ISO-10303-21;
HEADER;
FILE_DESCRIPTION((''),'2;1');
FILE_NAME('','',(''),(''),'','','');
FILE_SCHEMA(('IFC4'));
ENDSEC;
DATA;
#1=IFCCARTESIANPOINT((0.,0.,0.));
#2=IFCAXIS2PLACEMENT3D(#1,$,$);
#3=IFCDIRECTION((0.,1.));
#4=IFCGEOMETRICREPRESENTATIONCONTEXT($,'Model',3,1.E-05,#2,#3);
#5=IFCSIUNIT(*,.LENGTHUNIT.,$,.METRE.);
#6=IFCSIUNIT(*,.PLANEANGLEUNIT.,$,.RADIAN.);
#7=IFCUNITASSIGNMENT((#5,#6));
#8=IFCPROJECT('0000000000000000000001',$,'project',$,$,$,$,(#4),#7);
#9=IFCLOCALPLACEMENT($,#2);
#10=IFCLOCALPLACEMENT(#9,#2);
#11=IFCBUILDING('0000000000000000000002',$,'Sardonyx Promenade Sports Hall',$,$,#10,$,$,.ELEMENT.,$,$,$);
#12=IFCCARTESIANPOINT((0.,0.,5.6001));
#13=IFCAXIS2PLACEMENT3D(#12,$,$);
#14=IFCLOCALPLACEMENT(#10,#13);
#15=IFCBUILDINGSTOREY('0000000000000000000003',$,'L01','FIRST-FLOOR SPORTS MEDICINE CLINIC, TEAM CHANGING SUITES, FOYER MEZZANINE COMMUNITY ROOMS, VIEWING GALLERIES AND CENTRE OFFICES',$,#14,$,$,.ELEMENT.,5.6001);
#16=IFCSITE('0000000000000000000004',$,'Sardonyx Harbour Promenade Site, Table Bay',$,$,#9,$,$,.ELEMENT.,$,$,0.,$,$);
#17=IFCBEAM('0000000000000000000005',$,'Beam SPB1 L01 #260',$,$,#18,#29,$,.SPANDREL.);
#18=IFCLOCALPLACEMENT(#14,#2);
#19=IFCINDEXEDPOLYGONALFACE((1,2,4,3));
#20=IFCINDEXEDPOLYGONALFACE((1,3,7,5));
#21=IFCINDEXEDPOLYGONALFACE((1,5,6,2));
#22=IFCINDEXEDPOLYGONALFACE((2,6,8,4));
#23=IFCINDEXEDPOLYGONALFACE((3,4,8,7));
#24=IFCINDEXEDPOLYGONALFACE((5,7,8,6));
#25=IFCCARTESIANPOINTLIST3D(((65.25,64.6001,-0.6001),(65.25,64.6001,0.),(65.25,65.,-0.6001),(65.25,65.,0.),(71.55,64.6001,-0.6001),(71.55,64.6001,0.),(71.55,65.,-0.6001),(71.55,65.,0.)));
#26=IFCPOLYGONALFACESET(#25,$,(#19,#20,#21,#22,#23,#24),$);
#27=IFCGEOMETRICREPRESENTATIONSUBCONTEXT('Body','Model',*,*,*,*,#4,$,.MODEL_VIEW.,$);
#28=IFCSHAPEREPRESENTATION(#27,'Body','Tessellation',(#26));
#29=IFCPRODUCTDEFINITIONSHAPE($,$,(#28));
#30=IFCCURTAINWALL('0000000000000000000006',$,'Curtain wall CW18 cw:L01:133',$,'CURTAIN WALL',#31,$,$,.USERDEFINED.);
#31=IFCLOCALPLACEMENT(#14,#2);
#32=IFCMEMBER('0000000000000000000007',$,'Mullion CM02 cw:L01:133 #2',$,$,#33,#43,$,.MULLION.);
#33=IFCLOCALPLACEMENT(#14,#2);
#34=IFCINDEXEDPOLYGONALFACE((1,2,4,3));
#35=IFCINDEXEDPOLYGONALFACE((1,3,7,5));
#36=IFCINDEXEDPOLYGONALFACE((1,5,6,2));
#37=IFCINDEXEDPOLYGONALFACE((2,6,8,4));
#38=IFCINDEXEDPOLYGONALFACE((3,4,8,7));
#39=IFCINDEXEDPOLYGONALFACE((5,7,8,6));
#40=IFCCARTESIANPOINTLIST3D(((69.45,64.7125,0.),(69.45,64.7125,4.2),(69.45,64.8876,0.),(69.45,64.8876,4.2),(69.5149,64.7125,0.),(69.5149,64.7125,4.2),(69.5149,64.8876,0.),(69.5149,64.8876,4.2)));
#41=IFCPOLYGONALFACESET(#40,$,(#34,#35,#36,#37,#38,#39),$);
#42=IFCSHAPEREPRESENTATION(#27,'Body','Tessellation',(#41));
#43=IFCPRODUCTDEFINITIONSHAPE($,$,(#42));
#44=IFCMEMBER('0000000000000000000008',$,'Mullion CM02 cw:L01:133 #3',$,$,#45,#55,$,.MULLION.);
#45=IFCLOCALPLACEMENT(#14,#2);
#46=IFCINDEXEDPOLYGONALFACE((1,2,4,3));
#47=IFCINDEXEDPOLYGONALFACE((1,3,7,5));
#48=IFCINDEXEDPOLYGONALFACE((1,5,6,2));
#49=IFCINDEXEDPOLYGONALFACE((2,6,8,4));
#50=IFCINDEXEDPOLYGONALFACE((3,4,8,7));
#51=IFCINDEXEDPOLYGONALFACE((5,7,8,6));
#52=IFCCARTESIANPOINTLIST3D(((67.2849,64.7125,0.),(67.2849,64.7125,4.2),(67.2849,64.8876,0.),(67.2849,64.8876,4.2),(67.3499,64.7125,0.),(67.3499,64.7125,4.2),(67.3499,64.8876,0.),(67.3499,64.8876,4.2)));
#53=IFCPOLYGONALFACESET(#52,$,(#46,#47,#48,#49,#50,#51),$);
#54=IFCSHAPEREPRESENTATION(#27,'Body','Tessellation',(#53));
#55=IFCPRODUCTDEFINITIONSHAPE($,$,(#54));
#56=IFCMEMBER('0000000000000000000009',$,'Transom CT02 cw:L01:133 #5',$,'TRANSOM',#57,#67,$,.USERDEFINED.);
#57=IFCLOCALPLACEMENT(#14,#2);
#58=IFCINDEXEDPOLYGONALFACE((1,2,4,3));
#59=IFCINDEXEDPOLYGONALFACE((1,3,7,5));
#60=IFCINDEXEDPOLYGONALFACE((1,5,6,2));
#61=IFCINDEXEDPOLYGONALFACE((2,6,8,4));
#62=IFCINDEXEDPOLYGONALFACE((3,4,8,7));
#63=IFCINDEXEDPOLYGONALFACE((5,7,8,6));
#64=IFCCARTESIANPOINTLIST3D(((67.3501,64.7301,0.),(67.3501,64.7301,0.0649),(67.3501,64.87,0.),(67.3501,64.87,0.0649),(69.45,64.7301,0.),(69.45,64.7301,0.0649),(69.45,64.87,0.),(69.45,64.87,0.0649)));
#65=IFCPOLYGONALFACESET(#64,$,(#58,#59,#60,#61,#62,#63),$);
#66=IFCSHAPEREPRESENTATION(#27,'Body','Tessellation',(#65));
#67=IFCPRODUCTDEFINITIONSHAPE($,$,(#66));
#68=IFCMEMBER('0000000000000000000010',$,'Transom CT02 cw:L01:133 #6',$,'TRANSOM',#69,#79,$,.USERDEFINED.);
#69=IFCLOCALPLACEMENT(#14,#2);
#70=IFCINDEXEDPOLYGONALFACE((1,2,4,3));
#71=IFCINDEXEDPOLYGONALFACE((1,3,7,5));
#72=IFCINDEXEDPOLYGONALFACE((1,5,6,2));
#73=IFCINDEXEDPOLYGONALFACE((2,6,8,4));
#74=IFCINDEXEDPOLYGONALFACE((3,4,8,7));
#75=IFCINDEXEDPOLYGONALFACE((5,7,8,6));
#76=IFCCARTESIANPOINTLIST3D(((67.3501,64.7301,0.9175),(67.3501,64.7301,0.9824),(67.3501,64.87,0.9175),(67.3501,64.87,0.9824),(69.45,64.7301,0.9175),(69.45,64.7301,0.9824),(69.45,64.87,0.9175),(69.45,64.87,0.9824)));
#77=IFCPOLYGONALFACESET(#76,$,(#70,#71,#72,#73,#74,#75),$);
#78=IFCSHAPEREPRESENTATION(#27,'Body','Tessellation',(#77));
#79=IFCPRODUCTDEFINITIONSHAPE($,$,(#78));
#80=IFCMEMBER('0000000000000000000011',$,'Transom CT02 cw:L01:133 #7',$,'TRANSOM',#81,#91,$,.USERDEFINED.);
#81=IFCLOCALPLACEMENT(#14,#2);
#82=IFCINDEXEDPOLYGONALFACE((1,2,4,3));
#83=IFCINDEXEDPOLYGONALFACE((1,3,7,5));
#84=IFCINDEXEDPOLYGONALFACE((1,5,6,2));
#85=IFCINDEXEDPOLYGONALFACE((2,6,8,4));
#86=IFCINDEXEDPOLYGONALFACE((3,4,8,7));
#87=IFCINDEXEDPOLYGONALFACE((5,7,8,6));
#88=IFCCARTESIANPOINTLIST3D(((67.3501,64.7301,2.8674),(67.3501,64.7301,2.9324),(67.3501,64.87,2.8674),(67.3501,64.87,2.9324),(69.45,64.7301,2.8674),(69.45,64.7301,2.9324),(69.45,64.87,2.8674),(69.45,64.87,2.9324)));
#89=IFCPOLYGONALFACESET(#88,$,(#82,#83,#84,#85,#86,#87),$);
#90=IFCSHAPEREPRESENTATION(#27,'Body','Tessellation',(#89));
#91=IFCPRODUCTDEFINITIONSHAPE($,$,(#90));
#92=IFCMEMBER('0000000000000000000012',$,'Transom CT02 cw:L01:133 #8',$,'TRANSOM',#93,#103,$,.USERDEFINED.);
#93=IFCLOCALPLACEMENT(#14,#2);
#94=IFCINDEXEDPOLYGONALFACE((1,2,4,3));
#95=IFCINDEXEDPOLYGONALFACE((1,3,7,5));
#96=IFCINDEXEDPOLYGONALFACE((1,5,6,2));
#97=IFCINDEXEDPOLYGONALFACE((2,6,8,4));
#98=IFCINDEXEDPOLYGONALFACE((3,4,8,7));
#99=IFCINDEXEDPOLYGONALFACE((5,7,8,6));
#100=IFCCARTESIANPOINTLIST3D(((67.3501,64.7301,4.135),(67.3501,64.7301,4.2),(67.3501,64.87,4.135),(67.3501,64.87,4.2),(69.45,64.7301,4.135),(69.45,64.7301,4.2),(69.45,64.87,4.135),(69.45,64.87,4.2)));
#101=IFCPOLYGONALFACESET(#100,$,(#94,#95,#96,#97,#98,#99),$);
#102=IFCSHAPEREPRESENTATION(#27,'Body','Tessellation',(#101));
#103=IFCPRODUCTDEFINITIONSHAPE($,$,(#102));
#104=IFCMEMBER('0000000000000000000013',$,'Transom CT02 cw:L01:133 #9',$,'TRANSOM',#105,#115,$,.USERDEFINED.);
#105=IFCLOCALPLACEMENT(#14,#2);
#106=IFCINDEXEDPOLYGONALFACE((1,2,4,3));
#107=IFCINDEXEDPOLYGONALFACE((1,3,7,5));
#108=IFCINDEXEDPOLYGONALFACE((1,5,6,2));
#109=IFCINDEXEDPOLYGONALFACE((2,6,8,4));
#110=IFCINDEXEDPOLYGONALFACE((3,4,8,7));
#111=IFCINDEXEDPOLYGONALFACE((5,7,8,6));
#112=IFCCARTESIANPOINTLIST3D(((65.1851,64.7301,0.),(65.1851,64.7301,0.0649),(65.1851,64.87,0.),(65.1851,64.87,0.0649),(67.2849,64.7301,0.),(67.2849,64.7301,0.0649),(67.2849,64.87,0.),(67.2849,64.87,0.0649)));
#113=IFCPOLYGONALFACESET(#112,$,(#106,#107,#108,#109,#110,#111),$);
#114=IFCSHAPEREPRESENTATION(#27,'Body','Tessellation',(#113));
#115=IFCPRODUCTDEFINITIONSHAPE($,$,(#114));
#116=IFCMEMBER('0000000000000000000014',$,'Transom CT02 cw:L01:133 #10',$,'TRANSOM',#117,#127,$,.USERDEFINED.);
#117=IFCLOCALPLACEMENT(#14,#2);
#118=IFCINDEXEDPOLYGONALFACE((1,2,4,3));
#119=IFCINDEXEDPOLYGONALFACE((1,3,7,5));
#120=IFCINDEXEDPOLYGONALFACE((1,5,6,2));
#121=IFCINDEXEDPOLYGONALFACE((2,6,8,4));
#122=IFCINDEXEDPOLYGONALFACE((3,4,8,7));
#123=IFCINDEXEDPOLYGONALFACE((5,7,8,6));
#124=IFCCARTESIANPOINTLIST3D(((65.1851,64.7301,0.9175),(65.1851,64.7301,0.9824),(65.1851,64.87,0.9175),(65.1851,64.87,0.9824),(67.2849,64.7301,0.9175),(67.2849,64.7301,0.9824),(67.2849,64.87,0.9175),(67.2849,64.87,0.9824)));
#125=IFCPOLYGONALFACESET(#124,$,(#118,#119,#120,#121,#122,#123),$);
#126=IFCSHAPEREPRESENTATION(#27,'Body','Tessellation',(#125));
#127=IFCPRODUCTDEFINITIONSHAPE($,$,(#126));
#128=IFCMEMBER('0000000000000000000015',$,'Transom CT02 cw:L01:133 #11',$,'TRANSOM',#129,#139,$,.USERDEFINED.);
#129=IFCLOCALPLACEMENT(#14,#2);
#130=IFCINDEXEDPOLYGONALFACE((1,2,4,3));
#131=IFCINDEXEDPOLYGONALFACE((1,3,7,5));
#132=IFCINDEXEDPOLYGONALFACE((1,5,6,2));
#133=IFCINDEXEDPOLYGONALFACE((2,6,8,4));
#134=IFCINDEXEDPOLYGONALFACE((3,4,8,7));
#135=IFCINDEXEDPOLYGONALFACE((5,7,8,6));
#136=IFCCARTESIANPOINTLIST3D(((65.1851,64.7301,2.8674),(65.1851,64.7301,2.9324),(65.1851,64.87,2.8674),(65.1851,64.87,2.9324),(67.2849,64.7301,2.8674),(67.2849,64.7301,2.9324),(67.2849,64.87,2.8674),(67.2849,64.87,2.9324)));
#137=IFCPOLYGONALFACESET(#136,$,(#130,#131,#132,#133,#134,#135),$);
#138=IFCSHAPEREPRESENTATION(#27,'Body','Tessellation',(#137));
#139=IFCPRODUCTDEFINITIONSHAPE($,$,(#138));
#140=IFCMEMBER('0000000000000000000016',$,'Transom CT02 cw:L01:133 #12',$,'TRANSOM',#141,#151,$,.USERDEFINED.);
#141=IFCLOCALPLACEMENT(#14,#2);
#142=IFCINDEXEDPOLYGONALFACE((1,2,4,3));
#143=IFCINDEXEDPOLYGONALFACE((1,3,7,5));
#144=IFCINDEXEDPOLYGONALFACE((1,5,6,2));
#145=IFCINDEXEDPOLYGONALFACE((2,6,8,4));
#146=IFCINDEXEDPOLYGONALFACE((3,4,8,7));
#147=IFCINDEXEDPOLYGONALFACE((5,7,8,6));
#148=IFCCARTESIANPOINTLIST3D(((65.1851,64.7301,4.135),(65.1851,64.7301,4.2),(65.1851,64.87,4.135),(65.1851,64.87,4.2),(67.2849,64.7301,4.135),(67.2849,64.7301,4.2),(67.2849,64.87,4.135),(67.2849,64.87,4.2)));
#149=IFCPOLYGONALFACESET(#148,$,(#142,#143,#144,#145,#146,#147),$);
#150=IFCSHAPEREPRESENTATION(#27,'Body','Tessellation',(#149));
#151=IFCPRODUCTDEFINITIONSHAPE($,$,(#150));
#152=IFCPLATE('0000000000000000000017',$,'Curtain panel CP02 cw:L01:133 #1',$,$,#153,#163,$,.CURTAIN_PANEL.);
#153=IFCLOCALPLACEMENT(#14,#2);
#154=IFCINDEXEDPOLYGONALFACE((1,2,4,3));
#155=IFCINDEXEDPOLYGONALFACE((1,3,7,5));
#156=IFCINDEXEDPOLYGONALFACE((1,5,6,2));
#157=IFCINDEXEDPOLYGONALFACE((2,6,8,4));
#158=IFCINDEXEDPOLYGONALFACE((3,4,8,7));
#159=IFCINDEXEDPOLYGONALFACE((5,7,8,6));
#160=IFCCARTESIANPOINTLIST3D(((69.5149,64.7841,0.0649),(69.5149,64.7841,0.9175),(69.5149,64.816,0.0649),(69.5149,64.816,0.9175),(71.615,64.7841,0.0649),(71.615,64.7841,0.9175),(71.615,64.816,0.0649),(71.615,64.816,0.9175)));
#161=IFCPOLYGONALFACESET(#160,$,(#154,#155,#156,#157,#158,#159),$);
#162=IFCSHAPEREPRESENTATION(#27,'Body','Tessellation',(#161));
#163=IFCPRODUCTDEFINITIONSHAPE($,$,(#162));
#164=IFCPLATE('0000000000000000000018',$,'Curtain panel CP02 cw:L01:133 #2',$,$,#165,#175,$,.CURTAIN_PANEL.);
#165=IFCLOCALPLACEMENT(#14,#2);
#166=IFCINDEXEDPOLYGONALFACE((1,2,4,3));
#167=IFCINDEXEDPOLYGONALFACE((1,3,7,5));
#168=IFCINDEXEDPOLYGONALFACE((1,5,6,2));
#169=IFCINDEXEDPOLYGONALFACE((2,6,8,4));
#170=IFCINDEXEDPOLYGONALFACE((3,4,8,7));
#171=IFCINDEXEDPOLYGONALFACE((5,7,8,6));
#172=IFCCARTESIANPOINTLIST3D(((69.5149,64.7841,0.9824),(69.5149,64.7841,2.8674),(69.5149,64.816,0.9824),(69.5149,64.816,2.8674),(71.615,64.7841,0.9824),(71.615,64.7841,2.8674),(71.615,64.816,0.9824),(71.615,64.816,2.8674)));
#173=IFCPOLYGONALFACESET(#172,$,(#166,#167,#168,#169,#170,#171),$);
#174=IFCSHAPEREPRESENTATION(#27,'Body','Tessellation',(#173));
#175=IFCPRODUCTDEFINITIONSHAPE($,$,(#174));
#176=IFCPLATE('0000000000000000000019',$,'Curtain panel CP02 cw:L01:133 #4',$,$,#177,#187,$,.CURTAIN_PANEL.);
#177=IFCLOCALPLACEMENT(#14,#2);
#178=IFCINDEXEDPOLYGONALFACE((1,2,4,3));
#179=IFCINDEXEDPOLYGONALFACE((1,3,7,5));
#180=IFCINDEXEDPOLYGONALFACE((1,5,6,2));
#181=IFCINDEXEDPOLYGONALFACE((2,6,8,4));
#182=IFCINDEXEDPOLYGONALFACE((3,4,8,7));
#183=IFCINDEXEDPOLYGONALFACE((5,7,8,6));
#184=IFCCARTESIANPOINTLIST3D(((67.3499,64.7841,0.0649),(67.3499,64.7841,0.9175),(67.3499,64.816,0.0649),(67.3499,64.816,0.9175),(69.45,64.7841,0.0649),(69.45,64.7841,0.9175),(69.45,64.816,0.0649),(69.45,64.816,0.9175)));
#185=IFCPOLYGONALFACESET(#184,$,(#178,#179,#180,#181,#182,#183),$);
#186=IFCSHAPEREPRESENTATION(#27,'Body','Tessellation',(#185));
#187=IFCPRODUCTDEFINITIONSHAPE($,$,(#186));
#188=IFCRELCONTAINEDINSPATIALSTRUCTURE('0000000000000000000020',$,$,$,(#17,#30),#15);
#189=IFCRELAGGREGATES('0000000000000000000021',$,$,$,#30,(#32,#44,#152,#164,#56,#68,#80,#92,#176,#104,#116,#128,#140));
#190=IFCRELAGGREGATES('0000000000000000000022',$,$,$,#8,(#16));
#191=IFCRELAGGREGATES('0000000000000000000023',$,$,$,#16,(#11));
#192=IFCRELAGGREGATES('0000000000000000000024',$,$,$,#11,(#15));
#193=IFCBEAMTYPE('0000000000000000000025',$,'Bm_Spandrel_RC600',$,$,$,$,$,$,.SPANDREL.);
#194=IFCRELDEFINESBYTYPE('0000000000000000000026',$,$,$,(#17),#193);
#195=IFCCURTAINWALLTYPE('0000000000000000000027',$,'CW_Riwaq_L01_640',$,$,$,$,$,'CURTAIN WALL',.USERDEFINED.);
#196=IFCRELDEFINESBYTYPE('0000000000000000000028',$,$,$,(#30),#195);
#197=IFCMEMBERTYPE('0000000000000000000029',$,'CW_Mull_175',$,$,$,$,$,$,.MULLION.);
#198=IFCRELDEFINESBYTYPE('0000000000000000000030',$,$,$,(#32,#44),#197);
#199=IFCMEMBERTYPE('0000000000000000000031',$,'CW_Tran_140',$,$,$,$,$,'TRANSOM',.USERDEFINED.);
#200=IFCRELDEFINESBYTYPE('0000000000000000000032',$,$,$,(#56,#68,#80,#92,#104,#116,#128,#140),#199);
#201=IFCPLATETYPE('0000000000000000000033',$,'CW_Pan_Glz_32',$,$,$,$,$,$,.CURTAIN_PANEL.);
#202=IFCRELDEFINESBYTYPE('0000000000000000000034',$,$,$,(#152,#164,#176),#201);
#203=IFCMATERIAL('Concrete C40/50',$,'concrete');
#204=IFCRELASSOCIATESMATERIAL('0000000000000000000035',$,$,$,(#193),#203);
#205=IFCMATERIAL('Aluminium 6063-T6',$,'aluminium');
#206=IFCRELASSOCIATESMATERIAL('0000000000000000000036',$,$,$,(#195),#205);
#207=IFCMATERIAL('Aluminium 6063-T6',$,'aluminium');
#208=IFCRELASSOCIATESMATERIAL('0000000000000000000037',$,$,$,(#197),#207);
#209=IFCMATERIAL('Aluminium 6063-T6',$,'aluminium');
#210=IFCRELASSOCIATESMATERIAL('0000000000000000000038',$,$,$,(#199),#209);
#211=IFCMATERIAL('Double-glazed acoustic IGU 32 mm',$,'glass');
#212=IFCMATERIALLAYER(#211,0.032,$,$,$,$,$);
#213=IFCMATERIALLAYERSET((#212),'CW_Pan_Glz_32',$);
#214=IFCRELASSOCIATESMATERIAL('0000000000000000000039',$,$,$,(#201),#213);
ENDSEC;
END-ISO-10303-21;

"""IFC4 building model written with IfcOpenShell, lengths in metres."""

from ifc_helpers import new_model, si_unit, direction, frame, origin, origin_2d, place, context, subcontext, project, spatial, rectangle, extrude, material, layer, layer_set, material_profile, profile_set, type_object, element, aggregate, save


model = new_model("IFC4")

# Units and contexts
model_context = context("Model", 3, precision=1e-05, world=origin(), true_north=direction((0.0, 1.0)))
body_context = subcontext(model_context, "Body", "Model", "MODEL_VIEW")
ifc_project = project(units=[si_unit("LENGTHUNIT", "METRE"), si_unit("PLANEANGLEUNIT", "RADIAN")], contexts=[model_context])

# Site, building, storey
site_placement = place(None, origin())
site = spatial("IfcSite", under=ifc_project, at=site_placement, Name="Sardonyx Harbour Promenade Site, Table Bay", CompositionType="ELEMENT", RefElevation=0.0)
building_placement = place(site_placement, origin())
building = spatial("IfcBuilding", under=site, at=building_placement, Name="Sardonyx Promenade Sports Hall", CompositionType="ELEMENT")
storey_placement = place(building_placement, frame((0.0, 0.0, 5.6001)))
storey = spatial("IfcBuildingStorey", under=building, at=storey_placement, Name="L01", Description="FIRST-FLOOR SPORTS MEDICINE CLINIC, TEAM CHANGING SUITES, FOYER MEZZANINE COMMUNITY ROOMS, VIEWING GALLERIES AND CENTRE OFFICES", CompositionType="ELEMENT", Elevation=5.6001)

# Beam
ifc_material_1 = material(Name="Concrete C40/50", Category="concrete")
ifc_material_profile_1 = material_profile(ifc_material_1, rectangle(XDim=0.3999, YDim=0.6001, at=origin_2d()))
ifc_profile_set_1 = profile_set([ifc_material_profile_1], Name="Concrete C40/50")
beam_type = type_object("IfcBeamType", Name="Bm_Spandrel_RC600", PredefinedType="SPANDREL", material=ifc_profile_set_1)
beam_placement = place(storey_placement, frame((65.25, 64.8, -0.3), z_axis=(1.0, 0.0, 0.0), x_axis=(0.0, 1.0, 0.0)))
element("IfcBeam", 1, at=beam_placement, inside=storey, type_object=beam_type, Name="Beam SPB1 L01 #260", PredefinedType="SPANDREL", context=body_context, shape_type="SweptSolid", body=[
    extrude(rectangle(XDim=0.3999, YDim=0.6001, at=origin_2d()), origin(), (0.0, 0.0, 1.0), 6.3),
])

# Curtain wall, members, plates
ifc_material_2 = material(Name="Aluminium 6063-T6", Category="aluminium")
curtain_wall_type = type_object("IfcCurtainWallType", Name="CW_Riwaq_L01_640", ElementType="CURTAIN WALL", PredefinedType="USERDEFINED", material=ifc_material_2)
curtain_wall_placement = place(storey_placement, origin())
curtain_wall = element("IfcCurtainWall", 2, at=curtain_wall_placement, inside=storey, type_object=curtain_wall_type, Name="Curtain wall CW18 cw:L01:133", ObjectType="CURTAIN WALL", PredefinedType="USERDEFINED")
ifc_material_3 = material(Name="Aluminium 6063-T6", Category="aluminium")
ifc_material_profile_2 = material_profile(ifc_material_3, rectangle(XDim=0.0649, YDim=0.175, at=origin_2d()))
ifc_profile_set_2 = profile_set([ifc_material_profile_2], Name="Aluminium 6063-T6")
member_type_1 = type_object("IfcMemberType", Name="CW_Mull_175", PredefinedType="MULLION", material=ifc_profile_set_2)
member_1_placement = place(storey_placement, frame((69.4824, 64.8, 0.0), z_axis=(0.0, 0.0, 1.0), x_axis=(-1.0, 0.0, 0.0)))
member_1 = element("IfcMember", 3, at=member_1_placement, type_object=member_type_1, Name="Mullion CM02 cw:L01:133 #2", PredefinedType="MULLION", context=body_context, shape_type="SweptSolid", body=[
    extrude(rectangle(XDim=0.0649, YDim=0.175, at=origin_2d()), origin(), (0.0, 0.0, 1.0), 4.2),
])
member_2_placement = place(storey_placement, frame((67.3174, 64.8, 0.0), z_axis=(0.0, 0.0, 1.0), x_axis=(-1.0, 0.0, 0.0)))
member_2 = element("IfcMember", 4, at=member_2_placement, type_object=member_type_1, Name="Mullion CM02 cw:L01:133 #3", PredefinedType="MULLION", context=body_context, shape_type="SweptSolid", body=[
    extrude(rectangle(XDim=0.0649, YDim=0.175, at=origin_2d()), origin(), (0.0, 0.0, 1.0), 4.2),
])
ifc_material_4 = material(Name="Aluminium 6063-T6", Category="aluminium")
ifc_material_profile_3 = material_profile(ifc_material_4, rectangle(XDim=0.0649, YDim=0.1399, at=origin_2d()))
ifc_profile_set_3 = profile_set([ifc_material_profile_3], Name="Aluminium 6063-T6")
member_type_2 = type_object("IfcMemberType", Name="CW_Tran_140", ElementType="TRANSOM", PredefinedType="USERDEFINED", material=ifc_profile_set_3)
member_3_placement = place(storey_placement, frame((69.45, 64.8, 0.0325), z_axis=(-1.0, 0.0, 0.0), x_axis=(0.0, 0.0, 1.0)))
member_3 = element("IfcMember", 5, at=member_3_placement, type_object=member_type_2, Name="Transom CT02 cw:L01:133 #5", ObjectType="TRANSOM", PredefinedType="USERDEFINED", context=body_context, shape_type="SweptSolid", body=[
    extrude(rectangle(XDim=0.0649, YDim=0.1399, at=origin_2d()), origin(), (0.0, 0.0, 1.0), 2.0999),
])
member_4_placement = place(storey_placement, frame((69.45, 64.8, 0.95), z_axis=(-1.0, 0.0, 0.0), x_axis=(0.0, 0.0, 1.0)))
member_4 = element("IfcMember", 6, at=member_4_placement, type_object=member_type_2, Name="Transom CT02 cw:L01:133 #6", ObjectType="TRANSOM", PredefinedType="USERDEFINED", context=body_context, shape_type="SweptSolid", body=[
    extrude(rectangle(XDim=0.0649, YDim=0.1399, at=origin_2d()), origin(), (0.0, 0.0, 1.0), 2.0999),
])
member_5_placement = place(storey_placement, frame((69.45, 64.8, 2.8999), z_axis=(-1.0, 0.0, 0.0), x_axis=(0.0, 0.0, 1.0)))
member_5 = element("IfcMember", 7, at=member_5_placement, type_object=member_type_2, Name="Transom CT02 cw:L01:133 #7", ObjectType="TRANSOM", PredefinedType="USERDEFINED", context=body_context, shape_type="SweptSolid", body=[
    extrude(rectangle(XDim=0.0649, YDim=0.1399, at=origin_2d()), origin(), (0.0, 0.0, 1.0), 2.0999),
])
member_6_placement = place(storey_placement, frame((69.45, 64.8, 4.1675), z_axis=(-1.0, 0.0, 0.0), x_axis=(0.0, 0.0, 1.0)))
member_6 = element("IfcMember", 8, at=member_6_placement, type_object=member_type_2, Name="Transom CT02 cw:L01:133 #8", ObjectType="TRANSOM", PredefinedType="USERDEFINED", context=body_context, shape_type="SweptSolid", body=[
    extrude(rectangle(XDim=0.0649, YDim=0.1399, at=origin_2d()), origin(), (0.0, 0.0, 1.0), 2.0999),
])
member_7_placement = place(storey_placement, frame((67.2849, 64.8, 0.0325), z_axis=(-1.0, 0.0, 0.0), x_axis=(0.0, 0.0, 1.0)))
member_7 = element("IfcMember", 9, at=member_7_placement, type_object=member_type_2, Name="Transom CT02 cw:L01:133 #9", ObjectType="TRANSOM", PredefinedType="USERDEFINED", context=body_context, shape_type="SweptSolid", body=[
    extrude(rectangle(XDim=0.0649, YDim=0.1399, at=origin_2d()), origin(), (0.0, 0.0, 1.0), 2.0999),
])
member_8_placement = place(storey_placement, frame((67.2849, 64.8, 0.95), z_axis=(-1.0, 0.0, 0.0), x_axis=(0.0, 0.0, 1.0)))
member_8 = element("IfcMember", 10, at=member_8_placement, type_object=member_type_2, Name="Transom CT02 cw:L01:133 #10", ObjectType="TRANSOM", PredefinedType="USERDEFINED", context=body_context, shape_type="SweptSolid", body=[
    extrude(rectangle(XDim=0.0649, YDim=0.1399, at=origin_2d()), origin(), (0.0, 0.0, 1.0), 2.0999),
])
member_9_placement = place(storey_placement, frame((67.2849, 64.8, 2.8999), z_axis=(-1.0, 0.0, 0.0), x_axis=(0.0, 0.0, 1.0)))
member_9 = element("IfcMember", 11, at=member_9_placement, type_object=member_type_2, Name="Transom CT02 cw:L01:133 #11", ObjectType="TRANSOM", PredefinedType="USERDEFINED", context=body_context, shape_type="SweptSolid", body=[
    extrude(rectangle(XDim=0.0649, YDim=0.1399, at=origin_2d()), origin(), (0.0, 0.0, 1.0), 2.0999),
])
member_10_placement = place(storey_placement, frame((67.2849, 64.8, 4.1675), z_axis=(-1.0, 0.0, 0.0), x_axis=(0.0, 0.0, 1.0)))
member_10 = element("IfcMember", 12, at=member_10_placement, type_object=member_type_2, Name="Transom CT02 cw:L01:133 #12", ObjectType="TRANSOM", PredefinedType="USERDEFINED", context=body_context, shape_type="SweptSolid", body=[
    extrude(rectangle(XDim=0.0649, YDim=0.1399, at=origin_2d()), origin(), (0.0, 0.0, 1.0), 2.0999),
])
ifc_material_5 = material(Name="Double-glazed acoustic IGU 32 mm", Category="glass")
ifc_layer_1 = layer(ifc_material_5, 0.032)
ifc_layer_set_1 = layer_set([ifc_layer_1], Name="CW_Pan_Glz_32")
plate_type = type_object("IfcPlateType", Name="CW_Pan_Glz_32", PredefinedType="CURTAIN_PANEL", material=ifc_layer_set_1)
plate_1_placement = place(storey_placement, frame((70.5649, 64.8, 0.0649), z_axis=(0.0, 0.0, 1.0), x_axis=(-1.0, 0.0, 0.0)))
plate_1 = element("IfcPlate", 13, at=plate_1_placement, type_object=plate_type, Name="Curtain panel CP02 cw:L01:133 #1", PredefinedType="CURTAIN_PANEL", context=body_context, shape_type="SweptSolid", body=[
    extrude(rectangle(XDim=2.1001, YDim=0.032, at=origin_2d()), origin(), (0.0, 0.0, 1.0), 0.8525),
])
plate_2_placement = place(storey_placement, frame((70.5649, 64.8, 0.9824), z_axis=(0.0, 0.0, 1.0), x_axis=(-1.0, 0.0, 0.0)))
plate_2 = element("IfcPlate", 14, at=plate_2_placement, type_object=plate_type, Name="Curtain panel CP02 cw:L01:133 #2", PredefinedType="CURTAIN_PANEL", context=body_context, shape_type="SweptSolid", body=[
    extrude(rectangle(XDim=2.1001, YDim=0.032, at=origin_2d()), origin(), (0.0, 0.0, 1.0), 1.885),
])
plate_3_placement = place(storey_placement, frame((68.3999, 64.8, 0.0649), z_axis=(0.0, 0.0, 1.0), x_axis=(-1.0, 0.0, 0.0)))
plate_3 = element("IfcPlate", 15, at=plate_3_placement, type_object=plate_type, Name="Curtain panel CP02 cw:L01:133 #4", PredefinedType="CURTAIN_PANEL", context=body_context, shape_type="SweptSolid", body=[
    extrude(rectangle(XDim=2.1001, YDim=0.032, at=origin_2d()), origin(), (0.0, 0.0, 1.0), 0.8525),
])
aggregate(curtain_wall, [member_1, member_2, plate_1, plate_2, member_3, member_4, member_5, member_6, plate_3, member_7, member_8, member_9, member_10])

save(model, "model.ifc")
